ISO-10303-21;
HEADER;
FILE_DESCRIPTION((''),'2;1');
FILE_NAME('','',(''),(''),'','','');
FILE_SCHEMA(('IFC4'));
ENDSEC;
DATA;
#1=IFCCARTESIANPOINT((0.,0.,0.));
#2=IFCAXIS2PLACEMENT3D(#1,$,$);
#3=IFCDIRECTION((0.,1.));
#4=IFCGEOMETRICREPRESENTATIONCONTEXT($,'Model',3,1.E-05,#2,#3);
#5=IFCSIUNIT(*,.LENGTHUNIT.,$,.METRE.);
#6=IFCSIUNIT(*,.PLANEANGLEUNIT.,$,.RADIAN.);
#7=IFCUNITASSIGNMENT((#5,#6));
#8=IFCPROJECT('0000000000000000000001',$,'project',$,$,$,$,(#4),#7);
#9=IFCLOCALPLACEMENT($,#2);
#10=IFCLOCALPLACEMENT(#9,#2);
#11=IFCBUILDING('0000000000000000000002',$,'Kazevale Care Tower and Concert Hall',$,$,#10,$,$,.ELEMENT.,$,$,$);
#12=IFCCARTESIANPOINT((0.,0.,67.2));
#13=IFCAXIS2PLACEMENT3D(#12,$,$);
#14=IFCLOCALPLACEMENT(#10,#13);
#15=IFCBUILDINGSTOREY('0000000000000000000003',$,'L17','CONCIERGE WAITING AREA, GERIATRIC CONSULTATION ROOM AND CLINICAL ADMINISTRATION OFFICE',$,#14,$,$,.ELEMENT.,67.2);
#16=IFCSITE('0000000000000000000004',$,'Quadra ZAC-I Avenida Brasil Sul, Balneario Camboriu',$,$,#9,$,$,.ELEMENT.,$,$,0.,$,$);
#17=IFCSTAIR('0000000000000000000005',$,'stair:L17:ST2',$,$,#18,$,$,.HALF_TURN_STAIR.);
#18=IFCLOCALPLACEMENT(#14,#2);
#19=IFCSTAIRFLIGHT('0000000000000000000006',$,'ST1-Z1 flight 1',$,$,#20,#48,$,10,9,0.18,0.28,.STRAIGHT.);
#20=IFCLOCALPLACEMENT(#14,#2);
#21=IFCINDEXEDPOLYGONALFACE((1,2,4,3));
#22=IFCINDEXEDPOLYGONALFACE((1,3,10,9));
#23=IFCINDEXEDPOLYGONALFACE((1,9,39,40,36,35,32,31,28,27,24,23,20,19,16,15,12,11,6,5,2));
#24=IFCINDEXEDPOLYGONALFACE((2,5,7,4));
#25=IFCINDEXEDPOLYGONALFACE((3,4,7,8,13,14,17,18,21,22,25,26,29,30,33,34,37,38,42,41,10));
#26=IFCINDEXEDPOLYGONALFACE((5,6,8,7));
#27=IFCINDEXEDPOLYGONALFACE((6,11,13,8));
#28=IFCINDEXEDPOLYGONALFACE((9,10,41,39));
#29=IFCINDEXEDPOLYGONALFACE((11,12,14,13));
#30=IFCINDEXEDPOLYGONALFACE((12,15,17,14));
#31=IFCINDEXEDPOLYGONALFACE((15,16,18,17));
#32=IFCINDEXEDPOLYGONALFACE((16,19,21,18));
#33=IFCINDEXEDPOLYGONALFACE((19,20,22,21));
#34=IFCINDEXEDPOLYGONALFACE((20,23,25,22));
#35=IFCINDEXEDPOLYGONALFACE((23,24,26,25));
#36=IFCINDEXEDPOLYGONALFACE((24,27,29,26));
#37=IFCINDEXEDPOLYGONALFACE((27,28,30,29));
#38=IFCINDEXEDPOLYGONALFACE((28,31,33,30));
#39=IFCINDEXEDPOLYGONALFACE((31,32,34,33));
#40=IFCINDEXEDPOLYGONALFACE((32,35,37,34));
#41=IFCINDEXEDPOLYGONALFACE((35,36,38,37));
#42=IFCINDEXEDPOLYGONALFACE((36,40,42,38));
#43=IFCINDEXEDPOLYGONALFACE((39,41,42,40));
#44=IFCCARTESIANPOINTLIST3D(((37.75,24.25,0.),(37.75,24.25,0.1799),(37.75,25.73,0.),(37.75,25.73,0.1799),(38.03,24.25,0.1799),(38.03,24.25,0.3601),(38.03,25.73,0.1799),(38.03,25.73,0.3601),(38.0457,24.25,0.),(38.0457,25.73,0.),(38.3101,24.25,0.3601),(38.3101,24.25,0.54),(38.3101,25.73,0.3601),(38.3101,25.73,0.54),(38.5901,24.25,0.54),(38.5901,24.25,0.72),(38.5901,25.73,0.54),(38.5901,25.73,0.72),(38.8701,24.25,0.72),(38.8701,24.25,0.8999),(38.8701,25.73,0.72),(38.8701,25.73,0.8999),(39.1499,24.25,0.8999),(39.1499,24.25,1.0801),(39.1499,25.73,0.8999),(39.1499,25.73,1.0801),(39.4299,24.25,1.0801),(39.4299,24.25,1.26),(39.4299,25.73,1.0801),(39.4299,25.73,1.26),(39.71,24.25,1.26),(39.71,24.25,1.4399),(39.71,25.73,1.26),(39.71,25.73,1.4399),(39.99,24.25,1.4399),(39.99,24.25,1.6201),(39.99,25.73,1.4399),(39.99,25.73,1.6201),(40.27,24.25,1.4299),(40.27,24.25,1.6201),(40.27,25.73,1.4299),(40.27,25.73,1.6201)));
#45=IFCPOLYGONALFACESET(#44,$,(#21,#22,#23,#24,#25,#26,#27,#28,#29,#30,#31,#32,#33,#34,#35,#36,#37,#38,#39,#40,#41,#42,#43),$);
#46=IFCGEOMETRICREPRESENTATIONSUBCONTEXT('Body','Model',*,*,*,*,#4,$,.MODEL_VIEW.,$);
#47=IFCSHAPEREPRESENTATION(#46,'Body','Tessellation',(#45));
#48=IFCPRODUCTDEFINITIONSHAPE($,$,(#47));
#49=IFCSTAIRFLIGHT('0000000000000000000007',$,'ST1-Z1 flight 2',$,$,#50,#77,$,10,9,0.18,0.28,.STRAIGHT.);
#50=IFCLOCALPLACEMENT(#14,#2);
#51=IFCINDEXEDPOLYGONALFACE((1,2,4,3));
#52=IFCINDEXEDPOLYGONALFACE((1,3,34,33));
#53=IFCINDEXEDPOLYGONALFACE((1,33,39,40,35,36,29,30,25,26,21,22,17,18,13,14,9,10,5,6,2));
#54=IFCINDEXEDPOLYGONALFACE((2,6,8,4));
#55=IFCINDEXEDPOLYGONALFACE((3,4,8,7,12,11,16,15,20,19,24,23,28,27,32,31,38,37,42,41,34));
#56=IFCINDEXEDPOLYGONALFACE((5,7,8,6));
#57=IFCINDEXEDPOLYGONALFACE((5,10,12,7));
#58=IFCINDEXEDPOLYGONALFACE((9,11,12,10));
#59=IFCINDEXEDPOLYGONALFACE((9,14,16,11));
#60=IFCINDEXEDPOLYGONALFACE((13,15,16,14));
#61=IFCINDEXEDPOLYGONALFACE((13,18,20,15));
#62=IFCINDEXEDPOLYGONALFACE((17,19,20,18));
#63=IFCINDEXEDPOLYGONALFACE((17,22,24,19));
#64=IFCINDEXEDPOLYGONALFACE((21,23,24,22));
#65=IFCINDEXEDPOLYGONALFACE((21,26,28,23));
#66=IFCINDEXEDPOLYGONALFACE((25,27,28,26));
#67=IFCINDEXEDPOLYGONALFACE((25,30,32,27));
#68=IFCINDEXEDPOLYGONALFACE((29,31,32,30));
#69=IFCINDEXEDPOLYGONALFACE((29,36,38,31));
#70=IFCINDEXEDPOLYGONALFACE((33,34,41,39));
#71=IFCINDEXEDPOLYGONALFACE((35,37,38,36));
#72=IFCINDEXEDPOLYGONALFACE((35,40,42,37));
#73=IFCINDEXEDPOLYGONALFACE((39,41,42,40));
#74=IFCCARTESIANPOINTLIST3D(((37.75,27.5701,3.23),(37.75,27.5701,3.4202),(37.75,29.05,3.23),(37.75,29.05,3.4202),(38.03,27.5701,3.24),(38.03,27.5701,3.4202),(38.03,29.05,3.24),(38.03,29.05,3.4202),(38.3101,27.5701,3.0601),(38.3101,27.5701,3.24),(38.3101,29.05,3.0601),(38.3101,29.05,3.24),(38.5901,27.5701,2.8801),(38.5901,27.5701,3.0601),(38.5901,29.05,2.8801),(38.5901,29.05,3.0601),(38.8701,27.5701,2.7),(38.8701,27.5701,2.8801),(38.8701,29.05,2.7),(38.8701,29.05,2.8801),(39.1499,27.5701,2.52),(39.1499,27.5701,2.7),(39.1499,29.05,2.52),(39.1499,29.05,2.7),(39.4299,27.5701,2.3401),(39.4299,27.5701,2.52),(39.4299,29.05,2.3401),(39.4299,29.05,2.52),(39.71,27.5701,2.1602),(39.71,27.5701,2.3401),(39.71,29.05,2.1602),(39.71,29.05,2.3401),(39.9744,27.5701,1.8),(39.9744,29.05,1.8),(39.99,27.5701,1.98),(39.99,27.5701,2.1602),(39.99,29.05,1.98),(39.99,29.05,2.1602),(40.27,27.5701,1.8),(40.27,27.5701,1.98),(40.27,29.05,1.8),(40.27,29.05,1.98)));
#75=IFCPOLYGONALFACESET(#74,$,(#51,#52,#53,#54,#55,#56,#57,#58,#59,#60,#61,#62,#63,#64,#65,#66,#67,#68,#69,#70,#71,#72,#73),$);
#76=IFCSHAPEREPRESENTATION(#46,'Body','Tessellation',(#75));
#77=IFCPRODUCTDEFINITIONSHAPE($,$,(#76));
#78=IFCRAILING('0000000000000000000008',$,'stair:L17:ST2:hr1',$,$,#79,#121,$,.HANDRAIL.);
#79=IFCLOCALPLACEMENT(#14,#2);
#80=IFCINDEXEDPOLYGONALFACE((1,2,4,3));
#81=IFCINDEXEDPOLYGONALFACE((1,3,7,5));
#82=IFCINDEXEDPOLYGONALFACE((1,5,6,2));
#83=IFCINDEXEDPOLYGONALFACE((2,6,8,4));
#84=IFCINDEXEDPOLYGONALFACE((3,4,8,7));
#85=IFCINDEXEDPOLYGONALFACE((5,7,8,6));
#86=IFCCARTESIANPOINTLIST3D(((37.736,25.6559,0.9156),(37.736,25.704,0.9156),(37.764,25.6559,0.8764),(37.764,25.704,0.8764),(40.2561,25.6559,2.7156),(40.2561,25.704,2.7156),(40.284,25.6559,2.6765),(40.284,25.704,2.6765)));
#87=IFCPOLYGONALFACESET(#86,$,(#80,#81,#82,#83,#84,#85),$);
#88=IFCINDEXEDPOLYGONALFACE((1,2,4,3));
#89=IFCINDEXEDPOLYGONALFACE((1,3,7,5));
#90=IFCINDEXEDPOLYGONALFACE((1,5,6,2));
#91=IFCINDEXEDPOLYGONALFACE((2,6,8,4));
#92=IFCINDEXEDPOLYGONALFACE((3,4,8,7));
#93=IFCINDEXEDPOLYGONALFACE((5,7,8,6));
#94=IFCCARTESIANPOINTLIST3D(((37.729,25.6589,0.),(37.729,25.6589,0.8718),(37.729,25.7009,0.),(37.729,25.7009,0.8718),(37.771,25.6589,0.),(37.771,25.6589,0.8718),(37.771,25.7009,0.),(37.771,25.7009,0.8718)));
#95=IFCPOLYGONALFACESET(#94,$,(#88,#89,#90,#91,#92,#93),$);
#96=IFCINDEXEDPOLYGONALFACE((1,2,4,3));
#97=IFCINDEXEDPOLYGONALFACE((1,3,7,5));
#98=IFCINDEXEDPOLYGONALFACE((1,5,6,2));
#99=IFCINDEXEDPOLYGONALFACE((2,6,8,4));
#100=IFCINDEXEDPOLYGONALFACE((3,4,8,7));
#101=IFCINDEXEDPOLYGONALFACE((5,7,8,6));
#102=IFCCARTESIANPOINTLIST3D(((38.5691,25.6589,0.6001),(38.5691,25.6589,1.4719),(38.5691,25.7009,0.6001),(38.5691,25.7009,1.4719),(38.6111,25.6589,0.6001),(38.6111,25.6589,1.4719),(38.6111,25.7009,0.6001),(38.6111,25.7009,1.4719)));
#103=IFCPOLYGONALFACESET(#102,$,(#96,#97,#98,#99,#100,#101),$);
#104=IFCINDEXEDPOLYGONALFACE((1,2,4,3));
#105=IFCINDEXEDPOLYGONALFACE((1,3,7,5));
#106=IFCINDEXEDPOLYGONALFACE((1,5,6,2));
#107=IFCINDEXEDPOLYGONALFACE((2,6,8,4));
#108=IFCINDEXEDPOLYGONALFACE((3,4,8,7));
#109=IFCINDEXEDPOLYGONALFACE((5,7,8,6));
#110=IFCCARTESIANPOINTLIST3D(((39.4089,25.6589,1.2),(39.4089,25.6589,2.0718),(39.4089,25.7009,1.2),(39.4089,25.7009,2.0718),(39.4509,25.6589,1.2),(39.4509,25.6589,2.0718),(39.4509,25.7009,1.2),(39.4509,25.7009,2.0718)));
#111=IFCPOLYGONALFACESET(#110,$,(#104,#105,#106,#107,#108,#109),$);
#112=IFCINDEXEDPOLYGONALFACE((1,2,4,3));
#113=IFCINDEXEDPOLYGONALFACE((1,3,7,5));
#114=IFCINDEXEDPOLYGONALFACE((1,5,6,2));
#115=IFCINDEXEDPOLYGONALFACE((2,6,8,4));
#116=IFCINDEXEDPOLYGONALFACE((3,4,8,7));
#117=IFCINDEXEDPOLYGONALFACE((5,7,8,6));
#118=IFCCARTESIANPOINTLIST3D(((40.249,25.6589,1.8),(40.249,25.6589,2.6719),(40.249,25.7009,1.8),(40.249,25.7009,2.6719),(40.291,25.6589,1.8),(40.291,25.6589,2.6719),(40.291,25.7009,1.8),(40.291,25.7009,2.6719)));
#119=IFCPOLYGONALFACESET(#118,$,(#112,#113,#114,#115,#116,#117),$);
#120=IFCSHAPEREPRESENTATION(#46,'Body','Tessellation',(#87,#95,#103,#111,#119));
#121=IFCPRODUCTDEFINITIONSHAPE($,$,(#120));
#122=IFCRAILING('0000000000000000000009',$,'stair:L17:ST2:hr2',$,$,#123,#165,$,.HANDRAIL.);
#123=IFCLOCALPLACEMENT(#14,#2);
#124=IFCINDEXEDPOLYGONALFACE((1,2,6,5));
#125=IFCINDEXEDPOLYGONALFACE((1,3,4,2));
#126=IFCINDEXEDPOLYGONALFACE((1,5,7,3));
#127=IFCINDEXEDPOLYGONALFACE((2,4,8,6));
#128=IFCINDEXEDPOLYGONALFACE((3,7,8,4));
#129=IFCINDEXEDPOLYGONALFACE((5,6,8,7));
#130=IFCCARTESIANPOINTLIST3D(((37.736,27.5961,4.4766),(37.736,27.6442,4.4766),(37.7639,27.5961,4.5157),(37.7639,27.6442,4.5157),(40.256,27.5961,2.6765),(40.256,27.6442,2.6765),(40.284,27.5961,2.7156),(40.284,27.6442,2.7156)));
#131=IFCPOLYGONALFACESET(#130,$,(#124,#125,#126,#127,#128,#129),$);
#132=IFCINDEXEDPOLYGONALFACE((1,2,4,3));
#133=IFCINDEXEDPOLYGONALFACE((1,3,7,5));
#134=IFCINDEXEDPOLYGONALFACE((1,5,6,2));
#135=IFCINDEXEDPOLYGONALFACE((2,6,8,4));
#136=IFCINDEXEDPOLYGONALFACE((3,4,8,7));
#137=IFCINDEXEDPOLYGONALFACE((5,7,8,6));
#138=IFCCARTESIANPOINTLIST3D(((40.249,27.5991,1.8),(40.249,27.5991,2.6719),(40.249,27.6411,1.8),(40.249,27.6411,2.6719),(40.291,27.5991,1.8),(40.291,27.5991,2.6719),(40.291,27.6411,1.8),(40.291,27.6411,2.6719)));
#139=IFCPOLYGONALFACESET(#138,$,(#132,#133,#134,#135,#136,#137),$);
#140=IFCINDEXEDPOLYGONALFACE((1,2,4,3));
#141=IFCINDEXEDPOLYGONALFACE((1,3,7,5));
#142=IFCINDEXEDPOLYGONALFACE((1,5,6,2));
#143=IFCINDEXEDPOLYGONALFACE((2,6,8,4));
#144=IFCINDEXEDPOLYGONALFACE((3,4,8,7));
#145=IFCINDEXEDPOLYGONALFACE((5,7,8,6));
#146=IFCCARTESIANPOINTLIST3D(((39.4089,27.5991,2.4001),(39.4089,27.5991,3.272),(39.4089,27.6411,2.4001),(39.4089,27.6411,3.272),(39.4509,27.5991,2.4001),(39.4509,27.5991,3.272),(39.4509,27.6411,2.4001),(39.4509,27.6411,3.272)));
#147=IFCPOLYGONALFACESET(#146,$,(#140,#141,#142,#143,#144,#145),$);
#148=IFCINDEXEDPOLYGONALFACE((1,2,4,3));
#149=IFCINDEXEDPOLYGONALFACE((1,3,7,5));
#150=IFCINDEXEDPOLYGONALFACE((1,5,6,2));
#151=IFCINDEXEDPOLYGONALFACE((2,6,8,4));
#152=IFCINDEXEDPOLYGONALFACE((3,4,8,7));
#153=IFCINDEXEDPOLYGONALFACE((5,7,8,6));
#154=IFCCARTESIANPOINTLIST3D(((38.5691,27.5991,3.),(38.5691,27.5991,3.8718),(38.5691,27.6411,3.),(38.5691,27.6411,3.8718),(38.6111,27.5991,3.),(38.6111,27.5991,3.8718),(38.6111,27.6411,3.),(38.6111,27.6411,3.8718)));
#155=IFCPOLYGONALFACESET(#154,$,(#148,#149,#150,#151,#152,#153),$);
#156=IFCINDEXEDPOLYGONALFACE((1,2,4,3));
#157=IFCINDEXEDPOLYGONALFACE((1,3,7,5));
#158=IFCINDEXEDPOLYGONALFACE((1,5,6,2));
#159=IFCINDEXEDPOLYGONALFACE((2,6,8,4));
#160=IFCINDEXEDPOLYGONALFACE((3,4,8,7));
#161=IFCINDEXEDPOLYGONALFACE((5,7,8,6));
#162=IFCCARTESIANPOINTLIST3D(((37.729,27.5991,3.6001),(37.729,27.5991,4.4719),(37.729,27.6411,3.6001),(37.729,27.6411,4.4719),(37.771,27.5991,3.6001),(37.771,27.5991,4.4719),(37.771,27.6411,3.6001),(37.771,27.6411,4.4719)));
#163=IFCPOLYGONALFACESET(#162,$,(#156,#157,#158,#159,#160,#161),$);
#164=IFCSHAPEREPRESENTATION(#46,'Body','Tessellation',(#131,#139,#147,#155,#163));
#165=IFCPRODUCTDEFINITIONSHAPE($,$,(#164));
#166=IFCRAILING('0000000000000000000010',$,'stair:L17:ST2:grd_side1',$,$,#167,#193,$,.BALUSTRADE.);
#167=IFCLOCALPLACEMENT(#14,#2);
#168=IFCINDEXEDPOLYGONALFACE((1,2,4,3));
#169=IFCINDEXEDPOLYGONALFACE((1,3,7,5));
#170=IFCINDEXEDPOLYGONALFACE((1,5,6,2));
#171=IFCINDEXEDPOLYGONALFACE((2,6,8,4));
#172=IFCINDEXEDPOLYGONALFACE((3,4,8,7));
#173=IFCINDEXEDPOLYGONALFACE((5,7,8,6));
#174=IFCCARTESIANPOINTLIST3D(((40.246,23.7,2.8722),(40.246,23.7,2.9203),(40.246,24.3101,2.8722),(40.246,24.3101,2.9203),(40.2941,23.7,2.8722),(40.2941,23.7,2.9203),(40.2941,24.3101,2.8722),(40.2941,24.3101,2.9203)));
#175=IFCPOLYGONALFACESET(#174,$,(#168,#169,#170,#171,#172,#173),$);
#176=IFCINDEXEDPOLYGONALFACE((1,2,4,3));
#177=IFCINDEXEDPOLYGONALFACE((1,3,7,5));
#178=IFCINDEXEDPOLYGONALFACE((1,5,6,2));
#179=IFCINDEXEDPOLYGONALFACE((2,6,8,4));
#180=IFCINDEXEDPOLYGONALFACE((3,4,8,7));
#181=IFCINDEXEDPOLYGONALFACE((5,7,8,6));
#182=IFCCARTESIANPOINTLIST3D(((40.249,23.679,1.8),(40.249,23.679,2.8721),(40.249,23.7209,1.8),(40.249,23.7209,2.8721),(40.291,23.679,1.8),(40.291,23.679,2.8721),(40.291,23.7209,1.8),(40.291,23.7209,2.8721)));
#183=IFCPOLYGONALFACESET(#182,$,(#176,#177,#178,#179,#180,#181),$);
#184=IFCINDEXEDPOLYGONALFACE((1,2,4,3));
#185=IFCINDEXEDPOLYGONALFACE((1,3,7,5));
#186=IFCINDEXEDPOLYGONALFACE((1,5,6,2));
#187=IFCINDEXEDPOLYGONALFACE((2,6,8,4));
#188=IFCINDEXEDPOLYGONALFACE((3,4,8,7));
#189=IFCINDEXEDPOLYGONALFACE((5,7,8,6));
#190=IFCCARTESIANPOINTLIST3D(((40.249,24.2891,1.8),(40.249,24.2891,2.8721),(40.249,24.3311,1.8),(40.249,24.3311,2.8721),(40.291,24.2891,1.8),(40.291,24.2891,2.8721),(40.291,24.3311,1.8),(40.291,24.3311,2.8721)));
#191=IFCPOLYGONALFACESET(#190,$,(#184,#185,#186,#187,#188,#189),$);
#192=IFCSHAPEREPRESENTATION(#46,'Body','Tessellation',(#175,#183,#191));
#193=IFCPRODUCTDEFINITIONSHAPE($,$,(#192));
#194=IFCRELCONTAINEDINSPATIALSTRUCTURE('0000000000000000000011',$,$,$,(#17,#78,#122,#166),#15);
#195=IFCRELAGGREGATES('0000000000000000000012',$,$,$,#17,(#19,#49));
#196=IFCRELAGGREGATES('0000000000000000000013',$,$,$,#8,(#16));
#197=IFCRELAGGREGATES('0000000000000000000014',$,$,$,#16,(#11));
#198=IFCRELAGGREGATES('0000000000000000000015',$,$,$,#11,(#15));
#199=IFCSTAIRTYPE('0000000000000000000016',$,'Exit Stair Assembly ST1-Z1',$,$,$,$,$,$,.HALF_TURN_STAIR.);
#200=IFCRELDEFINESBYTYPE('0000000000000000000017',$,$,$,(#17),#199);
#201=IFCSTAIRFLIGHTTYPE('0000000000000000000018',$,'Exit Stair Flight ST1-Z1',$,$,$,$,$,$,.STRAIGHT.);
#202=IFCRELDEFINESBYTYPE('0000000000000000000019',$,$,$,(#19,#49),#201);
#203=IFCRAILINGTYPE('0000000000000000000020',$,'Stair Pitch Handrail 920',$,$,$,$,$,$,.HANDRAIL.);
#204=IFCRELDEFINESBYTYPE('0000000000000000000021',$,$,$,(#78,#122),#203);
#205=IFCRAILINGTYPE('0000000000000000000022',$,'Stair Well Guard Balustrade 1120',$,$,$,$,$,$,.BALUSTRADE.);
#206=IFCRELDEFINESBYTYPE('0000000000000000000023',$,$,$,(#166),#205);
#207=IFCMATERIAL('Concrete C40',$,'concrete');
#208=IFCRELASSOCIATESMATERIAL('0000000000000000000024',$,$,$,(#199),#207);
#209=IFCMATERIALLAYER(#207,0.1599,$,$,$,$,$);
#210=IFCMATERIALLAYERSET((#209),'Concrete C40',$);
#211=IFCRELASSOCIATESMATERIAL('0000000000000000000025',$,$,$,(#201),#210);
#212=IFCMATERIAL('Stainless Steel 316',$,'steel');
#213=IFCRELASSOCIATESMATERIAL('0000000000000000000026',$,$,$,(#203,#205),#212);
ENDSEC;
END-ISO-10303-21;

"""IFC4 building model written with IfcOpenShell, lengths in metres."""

from ifc_helpers import new_model, si_unit, direction, frame, origin, origin_2d, place, context, subcontext, project, spatial, polyline, rectangle, outline, extrude, material, layer, layer_set, type_object, element, aggregate, save


model = new_model("IFC4")

# Units and contexts
model_context = context("Model", 3, precision=1e-05, world=origin(), true_north=direction((0.0, 1.0)))
body_context = subcontext(model_context, "Body", "Model", "MODEL_VIEW")
ifc_project = project(units=[si_unit("LENGTHUNIT", "METRE"), si_unit("PLANEANGLEUNIT", "RADIAN")], contexts=[model_context])

# Site, building, storey
site_placement = place(None, origin())
site = spatial("IfcSite", under=ifc_project, at=site_placement, Name="Quadra ZAC-I Avenida Brasil Sul, Balneario Camboriu", CompositionType="ELEMENT", RefElevation=0.0)
building_placement = place(site_placement, origin())
building = spatial("IfcBuilding", under=site, at=building_placement, Name="Kazevale Care Tower and Concert Hall", CompositionType="ELEMENT")
storey_placement = place(building_placement, frame((0.0, 0.0, 67.2)))
storey = spatial("IfcBuildingStorey", under=building, at=storey_placement, Name="L17", Description="CONCIERGE WAITING AREA, GERIATRIC CONSULTATION ROOM AND CLINICAL ADMINISTRATION OFFICE", CompositionType="ELEMENT", Elevation=67.2)

# Shared definitions
ifc_material_1 = material(Name="Concrete C40", Category="concrete")

# Stair, stair flights
stair_type = type_object("IfcStairType", Name="Exit Stair Assembly ST1-Z1", PredefinedType="HALF_TURN_STAIR", material=ifc_material_1)
stair_placement = place(storey_placement, origin())
stair = element("IfcStair", 1, at=stair_placement, inside=storey, type_object=stair_type, Name="stair:L17:ST2", PredefinedType="HALF_TURN_STAIR")
ifc_layer_1 = layer(ifc_material_1, 0.1599)
ifc_layer_set_1 = layer_set([ifc_layer_1], Name="Concrete C40")
stair_flight_type = type_object("IfcStairFlightType", Name="Exit Stair Flight ST1-Z1", PredefinedType="STRAIGHT", material=ifc_layer_set_1)
stair_flight_1_placement = place(storey_placement, frame((37.75, 24.99, 0.0), z_axis=(0.0, 0.0, 1.0), x_axis=(1.0, 0.0, 0.0)))
stair_flight_1 = element("IfcStairFlight", 2, at=stair_flight_1_placement, type_object=stair_flight_type, Name="ST1-Z1 flight 1", NumberOfRisers=10, NumberOfTreads=9, PredefinedType="STRAIGHT", RiserHeight=0.18, TreadLength=0.28, context=body_context, shape_type="SweptSolid", body=[
    extrude(outline(polyline([(0.0, 0.0), (0.0, 0.1799), (0.28, 0.1799), (0.28, 0.3601), (0.5601, 0.3601), (0.5601, 0.54), (0.8401, 0.54), (0.8401, 0.72), (1.1201, 0.72), (1.1201, 0.8999), (1.3999, 0.8999), (1.3999, 1.0801), (1.6799, 1.0801), (1.6799, 1.26), (1.96, 1.26), (1.96, 1.4399), (2.24, 1.4399), (2.24, 1.6201), (2.52, 1.6201), (2.52, 1.8), (2.52, 1.4299), (0.2957, 0.0), (0.0, 0.0)])), frame((0.0, 0.74, 0.0), z_axis=(0.0, -1.0, 0.0), x_axis=(1.0, 0.0, 0.0)), (0.0, 0.0, 1.0), 1.48),
])
stair_flight_2_placement = place(storey_placement, frame((40.27, 28.3101, 1.8), z_axis=(0.0, 0.0, 1.0), x_axis=(-1.0, 0.0, 0.0)))
stair_flight_2 = element("IfcStairFlight", 3, at=stair_flight_2_placement, type_object=stair_flight_type, Name="ST1-Z1 flight 2", NumberOfRisers=10, NumberOfTreads=9, PredefinedType="STRAIGHT", RiserHeight=0.18, TreadLength=0.28, context=body_context, shape_type="SweptSolid", body=[
    extrude(outline(polyline([(0.0, 0.0), (0.0, 0.1799), (0.28, 0.1799), (0.28, 0.3601), (0.5601, 0.3601), (0.5601, 0.54), (0.8401, 0.54), (0.8401, 0.72), (1.1201, 0.72), (1.1201, 0.8999), (1.3999, 0.8999), (1.3999, 1.0801), (1.6799, 1.0801), (1.6799, 1.26), (1.96, 1.26), (1.96, 1.4399), (2.24, 1.4399), (2.24, 1.6201), (2.52, 1.6201), (2.52, 1.8), (2.52, 1.4299), (0.2957, 0.0), (0.0, 0.0)])), frame((0.0, 0.74, 0.0), z_axis=(0.0, -1.0, 0.0), x_axis=(1.0, 0.0, 0.0)), (0.0, 0.0, 1.0), 1.48),
])
aggregate(stair, [stair_flight_1, stair_flight_2])

# Railings
ifc_material_2 = material(Name="Stainless Steel 316", Category="steel")
railing_type_1 = type_object("IfcRailingType", Name="Stair Pitch Handrail 920", PredefinedType="HANDRAIL", material=ifc_material_2)
railing_1_placement = place(storey_placement, frame((37.75, 25.6799, 0.0)))
element("IfcRailing", 4, at=railing_1_placement, inside=storey, type_object=railing_type_1, Name="stair:L17:ST2:hr1", PredefinedType="HANDRAIL", context=body_context, shape_type="SweptSolid", body=[
    extrude(rectangle(XDim=0.0481, YDim=0.0481, at=origin_2d()), frame((0.0, 0.0, 0.896), z_axis=(0.813728, 0.0, 0.581246), x_axis=(0.0, 1.0, 0.0)), (0.0, 0.0, 1.0), 3.0969),
    extrude(rectangle(XDim=0.042, YDim=0.042, at=origin_2d()), origin(), (0.0, 0.0, 1.0), 0.8718),
    extrude(rectangle(XDim=0.042, YDim=0.042, at=origin_2d()), frame((0.8401, 0.0, 0.6001)), (0.0, 0.0, 1.0), 0.8718),
    extrude(rectangle(XDim=0.042, YDim=0.042, at=origin_2d()), frame((1.6799, 0.0, 1.2)), (0.0, 0.0, 1.0), 0.8718),
    extrude(rectangle(XDim=0.042, YDim=0.042, at=origin_2d()), frame((2.52, 0.0, 1.8)), (0.0, 0.0, 1.0), 0.8718),
])
railing_2_placement = place(storey_placement, frame((40.27, 27.6201, 1.8)))
element("IfcRailing", 5, at=railing_2_placement, inside=storey, type_object=railing_type_1, Name="stair:L17:ST2:hr2", PredefinedType="HANDRAIL", context=body_context, shape_type="SweptSolid", body=[
    extrude(rectangle(XDim=0.0481, YDim=0.0481, at=origin_2d()), frame((0.0, 0.0, 0.896), z_axis=(-0.813728, 0.0, 0.581246), x_axis=(0.0, -1.0, 0.0)), (0.0, 0.0, 1.0), 3.0969),
    extrude(rectangle(XDim=0.042, YDim=0.042, at=origin_2d()), origin(), (0.0, 0.0, 1.0), 0.8718),
    extrude(rectangle(XDim=0.042, YDim=0.042, at=origin_2d()), frame((-0.8401, 0.0, 0.6001)), (0.0, 0.0, 1.0), 0.8718),
    extrude(rectangle(XDim=0.042, YDim=0.042, at=origin_2d()), frame((-1.6799, 0.0, 1.2)), (0.0, 0.0, 1.0), 0.8718),
    extrude(rectangle(XDim=0.042, YDim=0.042, at=origin_2d()), frame((-2.52, 0.0, 1.8)), (0.0, 0.0, 1.0), 0.8718),
])
railing_type_2 = type_object("IfcRailingType", Name="Stair Well Guard Balustrade 1120", PredefinedType="BALUSTRADE", material=ifc_material_2)
railing_3_placement = place(storey_placement, frame((40.27, 23.7, 1.8)))
element("IfcRailing", 6, at=railing_3_placement, inside=storey, type_object=railing_type_2, Name="stair:L17:ST2:grd_side1", PredefinedType="BALUSTRADE", context=body_context, shape_type="SweptSolid", body=[
    extrude(rectangle(XDim=0.0481, YDim=0.0481, at=origin_2d()), frame((0.0, 0.0, 1.0962), z_axis=(0.0, 1.0, 0.0), x_axis=(-1.0, 0.0, 0.0)), (0.0, 0.0, 1.0), 0.6101),
    extrude(rectangle(XDim=0.042, YDim=0.042, at=origin_2d()), origin(), (0.0, 0.0, 1.0), 1.072),
    extrude(rectangle(XDim=0.042, YDim=0.042, at=origin_2d()), frame((0.0, 0.6101, 0.0)), (0.0, 0.0, 1.0), 1.072),
])

save(model, "model.ifc")
